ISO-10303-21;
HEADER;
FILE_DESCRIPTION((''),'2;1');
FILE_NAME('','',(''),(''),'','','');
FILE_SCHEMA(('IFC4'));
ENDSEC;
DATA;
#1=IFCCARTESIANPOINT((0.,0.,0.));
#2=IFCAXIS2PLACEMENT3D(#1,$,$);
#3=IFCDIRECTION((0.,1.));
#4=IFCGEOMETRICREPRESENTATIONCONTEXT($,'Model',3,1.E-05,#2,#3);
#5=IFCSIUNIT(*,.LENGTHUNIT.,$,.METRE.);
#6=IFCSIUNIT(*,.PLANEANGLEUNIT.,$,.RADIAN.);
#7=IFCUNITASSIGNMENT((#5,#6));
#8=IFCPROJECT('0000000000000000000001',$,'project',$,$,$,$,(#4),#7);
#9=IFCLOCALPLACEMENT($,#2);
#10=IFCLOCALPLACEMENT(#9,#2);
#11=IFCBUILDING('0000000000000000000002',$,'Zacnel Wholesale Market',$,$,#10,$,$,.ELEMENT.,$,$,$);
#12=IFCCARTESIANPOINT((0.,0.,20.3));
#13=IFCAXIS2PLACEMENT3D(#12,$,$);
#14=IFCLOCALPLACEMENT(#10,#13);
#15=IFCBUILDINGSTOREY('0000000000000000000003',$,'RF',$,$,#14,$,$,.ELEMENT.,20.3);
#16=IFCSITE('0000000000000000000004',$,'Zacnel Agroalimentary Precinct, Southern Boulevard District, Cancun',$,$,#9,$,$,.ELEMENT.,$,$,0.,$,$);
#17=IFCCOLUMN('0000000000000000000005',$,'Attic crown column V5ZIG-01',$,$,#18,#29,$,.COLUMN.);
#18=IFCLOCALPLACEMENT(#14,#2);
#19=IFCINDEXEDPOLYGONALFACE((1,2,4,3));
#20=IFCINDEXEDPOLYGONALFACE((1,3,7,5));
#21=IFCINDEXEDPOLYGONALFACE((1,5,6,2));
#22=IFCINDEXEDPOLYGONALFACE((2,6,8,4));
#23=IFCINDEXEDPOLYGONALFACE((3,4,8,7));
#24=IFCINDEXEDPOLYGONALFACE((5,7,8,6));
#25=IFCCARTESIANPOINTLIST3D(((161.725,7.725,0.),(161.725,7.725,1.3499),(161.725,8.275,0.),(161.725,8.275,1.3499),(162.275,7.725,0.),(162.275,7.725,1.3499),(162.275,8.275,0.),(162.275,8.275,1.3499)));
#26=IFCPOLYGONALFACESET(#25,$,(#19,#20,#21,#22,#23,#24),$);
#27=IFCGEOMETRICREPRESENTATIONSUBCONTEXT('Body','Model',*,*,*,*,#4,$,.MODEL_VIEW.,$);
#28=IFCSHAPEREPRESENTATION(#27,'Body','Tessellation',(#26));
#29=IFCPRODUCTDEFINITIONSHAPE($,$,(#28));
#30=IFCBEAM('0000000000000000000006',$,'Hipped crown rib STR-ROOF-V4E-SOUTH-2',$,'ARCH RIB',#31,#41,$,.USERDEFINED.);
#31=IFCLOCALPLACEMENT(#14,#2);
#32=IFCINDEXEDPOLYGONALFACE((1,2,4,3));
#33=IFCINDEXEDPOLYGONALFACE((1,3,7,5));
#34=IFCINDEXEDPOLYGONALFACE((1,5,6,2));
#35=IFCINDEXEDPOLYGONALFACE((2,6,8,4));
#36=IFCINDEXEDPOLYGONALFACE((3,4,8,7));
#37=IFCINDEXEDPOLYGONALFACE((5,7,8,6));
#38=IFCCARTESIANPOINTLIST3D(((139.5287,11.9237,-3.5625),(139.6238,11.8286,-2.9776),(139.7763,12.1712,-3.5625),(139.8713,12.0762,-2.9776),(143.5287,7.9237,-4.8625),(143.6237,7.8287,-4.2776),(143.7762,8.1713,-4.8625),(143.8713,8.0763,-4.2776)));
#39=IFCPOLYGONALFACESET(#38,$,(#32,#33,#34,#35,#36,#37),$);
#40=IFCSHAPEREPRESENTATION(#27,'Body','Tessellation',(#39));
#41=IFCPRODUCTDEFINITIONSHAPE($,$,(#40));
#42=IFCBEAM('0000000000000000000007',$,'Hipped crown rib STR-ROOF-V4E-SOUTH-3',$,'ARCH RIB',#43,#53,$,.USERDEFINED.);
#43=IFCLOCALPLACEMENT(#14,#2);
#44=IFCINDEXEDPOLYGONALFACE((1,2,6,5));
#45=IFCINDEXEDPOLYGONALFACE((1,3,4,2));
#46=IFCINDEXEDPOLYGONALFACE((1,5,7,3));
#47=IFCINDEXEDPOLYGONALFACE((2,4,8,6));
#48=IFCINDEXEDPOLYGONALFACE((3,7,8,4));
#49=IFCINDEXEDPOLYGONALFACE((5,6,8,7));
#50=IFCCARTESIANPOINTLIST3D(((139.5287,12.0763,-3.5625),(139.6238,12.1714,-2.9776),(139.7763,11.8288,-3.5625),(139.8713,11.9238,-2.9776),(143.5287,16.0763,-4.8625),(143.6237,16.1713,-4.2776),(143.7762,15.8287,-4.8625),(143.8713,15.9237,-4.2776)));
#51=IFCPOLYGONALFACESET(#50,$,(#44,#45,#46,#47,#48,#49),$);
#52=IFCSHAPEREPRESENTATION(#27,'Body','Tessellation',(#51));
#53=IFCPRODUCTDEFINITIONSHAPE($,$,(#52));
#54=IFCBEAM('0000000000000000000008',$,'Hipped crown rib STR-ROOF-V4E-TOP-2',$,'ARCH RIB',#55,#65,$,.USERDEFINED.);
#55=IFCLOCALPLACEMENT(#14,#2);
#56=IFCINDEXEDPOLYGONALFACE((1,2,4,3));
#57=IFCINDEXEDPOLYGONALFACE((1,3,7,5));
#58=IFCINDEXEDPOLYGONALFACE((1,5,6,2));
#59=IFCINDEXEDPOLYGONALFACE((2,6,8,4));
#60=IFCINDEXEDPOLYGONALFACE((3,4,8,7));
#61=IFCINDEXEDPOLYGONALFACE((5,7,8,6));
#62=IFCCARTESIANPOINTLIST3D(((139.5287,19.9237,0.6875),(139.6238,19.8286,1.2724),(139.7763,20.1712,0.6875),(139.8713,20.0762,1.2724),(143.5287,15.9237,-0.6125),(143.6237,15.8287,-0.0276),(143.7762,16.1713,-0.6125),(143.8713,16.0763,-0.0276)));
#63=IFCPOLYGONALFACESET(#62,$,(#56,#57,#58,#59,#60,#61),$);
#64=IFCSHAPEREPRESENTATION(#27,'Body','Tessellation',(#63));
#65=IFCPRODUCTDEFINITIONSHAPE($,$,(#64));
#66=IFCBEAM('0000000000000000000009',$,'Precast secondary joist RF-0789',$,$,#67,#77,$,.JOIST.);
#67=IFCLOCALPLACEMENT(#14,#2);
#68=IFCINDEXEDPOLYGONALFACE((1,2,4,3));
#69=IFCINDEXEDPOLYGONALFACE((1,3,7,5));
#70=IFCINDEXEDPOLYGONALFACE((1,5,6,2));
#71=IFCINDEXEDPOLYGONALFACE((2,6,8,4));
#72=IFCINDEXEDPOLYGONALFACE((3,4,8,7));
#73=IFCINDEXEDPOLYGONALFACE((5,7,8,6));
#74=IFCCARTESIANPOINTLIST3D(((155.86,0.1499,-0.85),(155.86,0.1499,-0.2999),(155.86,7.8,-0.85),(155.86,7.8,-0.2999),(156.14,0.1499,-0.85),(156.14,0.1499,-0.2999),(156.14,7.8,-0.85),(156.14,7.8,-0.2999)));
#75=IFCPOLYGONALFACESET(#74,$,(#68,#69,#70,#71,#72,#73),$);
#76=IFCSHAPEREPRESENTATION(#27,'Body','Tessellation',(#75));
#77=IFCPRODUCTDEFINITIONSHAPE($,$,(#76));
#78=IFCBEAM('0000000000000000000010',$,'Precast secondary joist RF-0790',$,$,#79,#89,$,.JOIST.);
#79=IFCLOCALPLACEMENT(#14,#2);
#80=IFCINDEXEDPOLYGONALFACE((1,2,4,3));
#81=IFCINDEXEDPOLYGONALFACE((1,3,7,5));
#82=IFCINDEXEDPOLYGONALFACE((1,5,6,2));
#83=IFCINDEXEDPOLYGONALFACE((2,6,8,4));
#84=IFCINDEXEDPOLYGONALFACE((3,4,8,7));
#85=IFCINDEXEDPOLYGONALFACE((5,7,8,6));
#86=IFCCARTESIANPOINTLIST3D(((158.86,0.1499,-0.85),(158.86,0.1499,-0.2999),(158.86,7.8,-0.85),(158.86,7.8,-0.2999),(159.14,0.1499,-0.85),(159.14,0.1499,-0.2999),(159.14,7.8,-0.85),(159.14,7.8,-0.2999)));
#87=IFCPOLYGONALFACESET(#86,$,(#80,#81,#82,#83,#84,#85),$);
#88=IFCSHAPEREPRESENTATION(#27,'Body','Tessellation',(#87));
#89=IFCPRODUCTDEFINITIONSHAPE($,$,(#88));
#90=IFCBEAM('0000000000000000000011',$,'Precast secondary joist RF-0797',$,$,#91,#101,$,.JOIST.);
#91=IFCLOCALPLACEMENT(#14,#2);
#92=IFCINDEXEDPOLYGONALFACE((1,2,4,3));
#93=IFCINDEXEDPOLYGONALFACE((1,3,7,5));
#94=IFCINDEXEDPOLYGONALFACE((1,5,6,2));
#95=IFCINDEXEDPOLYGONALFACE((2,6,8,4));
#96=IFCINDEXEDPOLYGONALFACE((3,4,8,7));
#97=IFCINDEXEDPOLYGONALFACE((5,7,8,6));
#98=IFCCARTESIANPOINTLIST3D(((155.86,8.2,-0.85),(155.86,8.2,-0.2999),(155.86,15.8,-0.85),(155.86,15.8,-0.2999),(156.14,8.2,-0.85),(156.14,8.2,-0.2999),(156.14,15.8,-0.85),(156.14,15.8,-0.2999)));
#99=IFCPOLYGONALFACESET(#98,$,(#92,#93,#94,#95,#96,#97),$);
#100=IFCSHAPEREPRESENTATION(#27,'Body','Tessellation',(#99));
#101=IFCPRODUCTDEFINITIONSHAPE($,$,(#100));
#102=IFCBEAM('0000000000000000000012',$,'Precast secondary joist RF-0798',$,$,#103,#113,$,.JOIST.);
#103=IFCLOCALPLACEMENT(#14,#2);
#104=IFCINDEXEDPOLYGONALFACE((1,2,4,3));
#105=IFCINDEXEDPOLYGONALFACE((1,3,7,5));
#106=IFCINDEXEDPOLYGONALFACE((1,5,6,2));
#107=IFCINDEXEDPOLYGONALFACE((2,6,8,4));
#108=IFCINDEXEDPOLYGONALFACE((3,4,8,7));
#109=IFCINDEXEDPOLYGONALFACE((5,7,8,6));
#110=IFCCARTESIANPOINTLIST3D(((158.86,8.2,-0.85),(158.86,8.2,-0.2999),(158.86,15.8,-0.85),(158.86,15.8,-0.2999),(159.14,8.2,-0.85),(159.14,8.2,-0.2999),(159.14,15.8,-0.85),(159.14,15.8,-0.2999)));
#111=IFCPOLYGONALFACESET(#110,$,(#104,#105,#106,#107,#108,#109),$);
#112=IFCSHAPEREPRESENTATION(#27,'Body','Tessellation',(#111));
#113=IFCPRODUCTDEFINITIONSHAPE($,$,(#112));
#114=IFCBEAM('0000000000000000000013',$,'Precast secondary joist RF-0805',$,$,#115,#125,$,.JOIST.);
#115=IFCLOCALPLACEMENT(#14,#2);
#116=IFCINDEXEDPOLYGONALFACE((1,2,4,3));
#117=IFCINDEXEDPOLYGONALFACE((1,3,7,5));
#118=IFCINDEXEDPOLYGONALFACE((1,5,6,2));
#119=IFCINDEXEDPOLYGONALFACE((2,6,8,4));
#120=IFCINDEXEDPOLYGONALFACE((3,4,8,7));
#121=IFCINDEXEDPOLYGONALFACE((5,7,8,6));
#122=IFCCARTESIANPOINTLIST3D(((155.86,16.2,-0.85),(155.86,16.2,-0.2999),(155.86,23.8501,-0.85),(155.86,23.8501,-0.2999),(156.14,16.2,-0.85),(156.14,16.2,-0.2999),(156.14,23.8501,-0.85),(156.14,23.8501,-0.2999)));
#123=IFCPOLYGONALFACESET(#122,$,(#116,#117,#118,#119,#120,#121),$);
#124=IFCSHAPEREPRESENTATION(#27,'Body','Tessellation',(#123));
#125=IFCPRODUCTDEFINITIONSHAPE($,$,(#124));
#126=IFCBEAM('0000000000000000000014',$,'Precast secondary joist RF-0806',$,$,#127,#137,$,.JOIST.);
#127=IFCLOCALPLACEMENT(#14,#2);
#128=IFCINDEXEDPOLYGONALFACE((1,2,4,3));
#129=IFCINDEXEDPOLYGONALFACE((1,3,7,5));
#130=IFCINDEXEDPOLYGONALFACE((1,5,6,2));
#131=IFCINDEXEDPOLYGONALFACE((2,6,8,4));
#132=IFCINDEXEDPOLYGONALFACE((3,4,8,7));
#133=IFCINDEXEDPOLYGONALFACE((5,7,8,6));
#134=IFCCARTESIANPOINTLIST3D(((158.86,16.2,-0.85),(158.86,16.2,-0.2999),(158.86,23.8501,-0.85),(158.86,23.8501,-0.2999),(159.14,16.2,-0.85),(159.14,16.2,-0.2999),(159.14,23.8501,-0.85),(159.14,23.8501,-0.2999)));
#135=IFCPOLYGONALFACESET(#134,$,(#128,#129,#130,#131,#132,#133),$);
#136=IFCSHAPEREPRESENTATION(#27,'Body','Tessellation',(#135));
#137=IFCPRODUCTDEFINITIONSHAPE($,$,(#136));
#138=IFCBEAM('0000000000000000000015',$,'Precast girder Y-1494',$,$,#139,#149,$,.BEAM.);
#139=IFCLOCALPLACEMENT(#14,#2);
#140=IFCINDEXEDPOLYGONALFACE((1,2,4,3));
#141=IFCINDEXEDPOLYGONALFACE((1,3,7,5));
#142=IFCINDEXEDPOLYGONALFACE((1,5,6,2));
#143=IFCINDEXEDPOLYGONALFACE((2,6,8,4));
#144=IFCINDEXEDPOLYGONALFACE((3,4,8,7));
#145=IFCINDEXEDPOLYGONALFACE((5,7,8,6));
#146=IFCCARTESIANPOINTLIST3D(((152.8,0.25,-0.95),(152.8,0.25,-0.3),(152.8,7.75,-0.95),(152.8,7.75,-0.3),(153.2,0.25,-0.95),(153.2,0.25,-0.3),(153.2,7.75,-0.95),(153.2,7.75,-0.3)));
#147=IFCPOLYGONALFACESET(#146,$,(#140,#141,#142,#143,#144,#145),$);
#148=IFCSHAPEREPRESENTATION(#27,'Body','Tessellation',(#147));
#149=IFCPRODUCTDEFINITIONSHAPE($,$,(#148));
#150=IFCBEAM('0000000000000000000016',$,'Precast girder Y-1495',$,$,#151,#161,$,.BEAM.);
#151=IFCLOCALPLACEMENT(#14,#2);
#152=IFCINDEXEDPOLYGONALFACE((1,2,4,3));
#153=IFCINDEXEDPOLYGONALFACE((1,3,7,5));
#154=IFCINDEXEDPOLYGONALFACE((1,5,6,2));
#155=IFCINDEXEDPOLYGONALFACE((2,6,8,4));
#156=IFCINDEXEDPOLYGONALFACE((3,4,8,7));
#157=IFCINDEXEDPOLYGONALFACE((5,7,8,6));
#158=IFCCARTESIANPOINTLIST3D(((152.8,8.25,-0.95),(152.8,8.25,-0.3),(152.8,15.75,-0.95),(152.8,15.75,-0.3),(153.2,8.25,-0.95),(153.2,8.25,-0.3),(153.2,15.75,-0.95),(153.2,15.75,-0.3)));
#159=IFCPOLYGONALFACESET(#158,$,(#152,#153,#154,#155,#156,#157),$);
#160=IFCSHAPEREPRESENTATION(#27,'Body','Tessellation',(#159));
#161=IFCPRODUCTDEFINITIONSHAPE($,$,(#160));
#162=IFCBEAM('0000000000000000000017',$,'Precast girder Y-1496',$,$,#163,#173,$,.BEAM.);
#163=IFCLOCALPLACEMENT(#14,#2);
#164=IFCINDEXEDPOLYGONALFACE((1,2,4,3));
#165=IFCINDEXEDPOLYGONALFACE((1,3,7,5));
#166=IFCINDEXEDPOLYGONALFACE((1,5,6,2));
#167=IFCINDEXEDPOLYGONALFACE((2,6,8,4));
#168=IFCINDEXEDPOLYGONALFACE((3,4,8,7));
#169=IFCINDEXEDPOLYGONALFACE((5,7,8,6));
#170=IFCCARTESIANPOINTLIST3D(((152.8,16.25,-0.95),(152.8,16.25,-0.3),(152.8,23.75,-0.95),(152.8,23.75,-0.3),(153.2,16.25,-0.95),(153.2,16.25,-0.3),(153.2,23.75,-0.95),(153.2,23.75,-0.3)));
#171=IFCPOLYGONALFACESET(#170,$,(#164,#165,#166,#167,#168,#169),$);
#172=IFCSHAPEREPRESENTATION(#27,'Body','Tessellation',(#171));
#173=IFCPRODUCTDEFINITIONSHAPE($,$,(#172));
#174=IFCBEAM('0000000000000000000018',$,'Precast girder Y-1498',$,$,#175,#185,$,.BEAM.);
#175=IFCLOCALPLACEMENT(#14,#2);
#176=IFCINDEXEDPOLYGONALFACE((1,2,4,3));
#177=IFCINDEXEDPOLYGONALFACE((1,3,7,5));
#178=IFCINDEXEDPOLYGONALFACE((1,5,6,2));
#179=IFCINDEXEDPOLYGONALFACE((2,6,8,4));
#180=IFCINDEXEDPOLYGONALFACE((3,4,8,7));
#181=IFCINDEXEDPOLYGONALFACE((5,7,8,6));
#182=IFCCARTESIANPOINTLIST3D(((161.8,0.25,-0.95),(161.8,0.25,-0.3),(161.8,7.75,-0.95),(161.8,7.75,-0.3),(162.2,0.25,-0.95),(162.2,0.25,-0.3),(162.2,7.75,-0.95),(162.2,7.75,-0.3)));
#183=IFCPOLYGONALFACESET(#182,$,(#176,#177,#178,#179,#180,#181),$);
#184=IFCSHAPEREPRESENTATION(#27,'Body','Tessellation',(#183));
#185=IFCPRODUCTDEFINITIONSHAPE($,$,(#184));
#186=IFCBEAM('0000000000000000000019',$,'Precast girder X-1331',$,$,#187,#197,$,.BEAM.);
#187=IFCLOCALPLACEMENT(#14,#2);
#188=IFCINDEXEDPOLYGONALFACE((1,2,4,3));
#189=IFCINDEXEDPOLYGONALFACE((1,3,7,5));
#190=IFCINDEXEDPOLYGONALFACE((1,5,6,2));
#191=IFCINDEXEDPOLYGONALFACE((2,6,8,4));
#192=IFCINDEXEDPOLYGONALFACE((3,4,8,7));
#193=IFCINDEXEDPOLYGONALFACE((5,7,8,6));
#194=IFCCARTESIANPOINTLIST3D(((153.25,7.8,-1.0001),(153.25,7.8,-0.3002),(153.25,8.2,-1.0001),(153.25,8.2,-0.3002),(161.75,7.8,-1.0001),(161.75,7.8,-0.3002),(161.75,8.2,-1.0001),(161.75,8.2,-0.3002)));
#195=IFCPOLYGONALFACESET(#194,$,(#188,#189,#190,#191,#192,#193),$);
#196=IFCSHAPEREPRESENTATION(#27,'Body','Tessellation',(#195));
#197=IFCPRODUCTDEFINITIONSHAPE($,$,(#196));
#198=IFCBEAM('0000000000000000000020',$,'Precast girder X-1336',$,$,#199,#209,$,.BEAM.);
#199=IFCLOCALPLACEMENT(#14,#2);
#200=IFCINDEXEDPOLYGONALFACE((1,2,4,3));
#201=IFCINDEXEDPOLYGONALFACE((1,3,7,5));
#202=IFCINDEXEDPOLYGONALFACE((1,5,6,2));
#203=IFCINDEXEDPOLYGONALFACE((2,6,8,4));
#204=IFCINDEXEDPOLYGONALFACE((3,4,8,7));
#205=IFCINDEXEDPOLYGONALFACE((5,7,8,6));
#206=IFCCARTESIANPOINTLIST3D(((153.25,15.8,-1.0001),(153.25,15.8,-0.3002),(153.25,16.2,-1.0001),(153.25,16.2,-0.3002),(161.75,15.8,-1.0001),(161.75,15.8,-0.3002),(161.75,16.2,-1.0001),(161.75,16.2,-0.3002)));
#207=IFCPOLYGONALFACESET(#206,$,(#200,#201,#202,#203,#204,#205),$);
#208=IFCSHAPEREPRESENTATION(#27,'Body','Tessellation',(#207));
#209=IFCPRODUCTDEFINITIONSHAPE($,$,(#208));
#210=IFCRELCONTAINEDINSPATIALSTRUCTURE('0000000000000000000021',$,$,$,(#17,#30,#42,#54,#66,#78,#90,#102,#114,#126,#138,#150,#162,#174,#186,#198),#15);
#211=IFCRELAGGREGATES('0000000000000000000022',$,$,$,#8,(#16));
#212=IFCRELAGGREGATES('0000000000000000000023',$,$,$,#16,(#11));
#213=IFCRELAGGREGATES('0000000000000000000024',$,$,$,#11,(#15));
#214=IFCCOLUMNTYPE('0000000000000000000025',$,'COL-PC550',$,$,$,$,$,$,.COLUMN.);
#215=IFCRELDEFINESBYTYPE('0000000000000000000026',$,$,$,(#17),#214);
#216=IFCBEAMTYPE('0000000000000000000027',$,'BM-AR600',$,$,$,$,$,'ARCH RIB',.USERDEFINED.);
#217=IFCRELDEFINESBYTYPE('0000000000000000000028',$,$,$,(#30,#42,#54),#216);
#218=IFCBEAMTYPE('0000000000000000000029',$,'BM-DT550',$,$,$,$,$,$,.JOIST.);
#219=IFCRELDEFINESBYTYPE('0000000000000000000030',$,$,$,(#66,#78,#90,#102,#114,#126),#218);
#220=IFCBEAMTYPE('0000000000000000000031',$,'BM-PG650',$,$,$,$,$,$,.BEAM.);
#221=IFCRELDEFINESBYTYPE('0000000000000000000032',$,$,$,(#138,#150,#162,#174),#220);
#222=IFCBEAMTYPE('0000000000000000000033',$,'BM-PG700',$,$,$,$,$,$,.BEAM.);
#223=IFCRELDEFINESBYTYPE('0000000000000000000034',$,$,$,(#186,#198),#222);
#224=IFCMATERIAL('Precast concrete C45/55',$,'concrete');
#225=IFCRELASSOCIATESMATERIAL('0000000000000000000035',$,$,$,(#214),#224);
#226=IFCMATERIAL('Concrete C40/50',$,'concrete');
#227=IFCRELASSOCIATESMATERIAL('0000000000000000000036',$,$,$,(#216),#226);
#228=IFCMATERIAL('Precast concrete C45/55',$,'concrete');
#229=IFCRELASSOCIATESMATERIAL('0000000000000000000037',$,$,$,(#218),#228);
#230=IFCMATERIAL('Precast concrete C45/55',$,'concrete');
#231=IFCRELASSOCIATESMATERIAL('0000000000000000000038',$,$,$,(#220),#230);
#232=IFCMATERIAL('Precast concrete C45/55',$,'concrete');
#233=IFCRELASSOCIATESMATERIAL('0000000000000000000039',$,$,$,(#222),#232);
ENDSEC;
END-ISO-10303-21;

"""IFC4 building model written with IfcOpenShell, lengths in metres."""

from ifc_helpers import new_model, si_unit, direction, frame, origin, origin_2d, place, context, subcontext, project, spatial, rectangle, extrude, material, material_profile, profile_set, type_object, element, save


model = new_model("IFC4")

# Units and contexts
model_context = context("Model", 3, precision=1e-05, world=origin(), true_north=direction((0.0, 1.0)))
body_context = subcontext(model_context, "Body", "Model", "MODEL_VIEW")
ifc_project = project(units=[si_unit("LENGTHUNIT", "METRE"), si_unit("PLANEANGLEUNIT", "RADIAN")], contexts=[model_context])

# Site, building, storey
site_placement = place(None, origin())
site = spatial("IfcSite", under=ifc_project, at=site_placement, Name="Zacnel Agroalimentary Precinct, Southern Boulevard District, Cancun", CompositionType="ELEMENT", RefElevation=0.0)
building_placement = place(site_placement, origin())
building = spatial("IfcBuilding", under=site, at=building_placement, Name="Zacnel Wholesale Market", CompositionType="ELEMENT")
storey_placement = place(building_placement, frame((0.0, 0.0, 20.3)))
storey = spatial("IfcBuildingStorey", under=building, at=storey_placement, Name="RF", CompositionType="ELEMENT", Elevation=20.3)

# Column
ifc_material_1 = material(Name="Precast concrete C45/55", Category="concrete")
ifc_material_profile_1 = material_profile(ifc_material_1, rectangle(XDim=0.55, YDim=0.55, at=origin_2d()), Name="PC 550x550")
ifc_profile_set_1 = profile_set([ifc_material_profile_1], Name="Precast concrete C45/55")
column_type = type_object("IfcColumnType", Name="COL-PC550", PredefinedType="COLUMN", material=ifc_profile_set_1)
column_placement = place(storey_placement, frame((162.0, 8.0, 0.0), z_axis=(0.0, 0.0, 1.0), x_axis=(1.0, 0.0, 0.0)))
element("IfcColumn", 1, at=column_placement, inside=storey, type_object=column_type, Name="Attic crown column V5ZIG-01", PredefinedType="COLUMN", context=body_context, shape_type="SweptSolid", body=[
    extrude(rectangle(XDim=0.55, YDim=0.55, at=origin_2d()), origin(), (0.0, 0.0, 1.0), 1.3499),
])

# Beams
ifc_material_2 = material(Name="Concrete C40/50", Category="concrete")
ifc_material_profile_2 = material_profile(ifc_material_2, rectangle(XDim=0.3501, YDim=0.6001, at=origin_2d()), Name="ARCH RIB 350x600")
ifc_profile_set_2 = profile_set([ifc_material_profile_2], Name="Concrete C40/50")
beam_type_1 = type_object("IfcBeamType", Name="BM-AR600", ElementType="ARCH RIB", PredefinedType="USERDEFINED", material=ifc_profile_set_2)
for number, where, z_axis, x_axis, name in (
    (2, (143.7, 8.0, -4.5701), (-0.689142, 0.689142, 0.22398), (-0.707107, -0.707107, 0.0), "Hipped crown rib STR-ROOF-V4E-SOUTH-2"),
    (3, (143.7, 16.0, -4.5701), (-0.689142, -0.689142, 0.22398), (0.707107, -0.707107, 0.0), "Hipped crown rib STR-ROOF-V4E-SOUTH-3"),
    (4, (143.7, 16.0, -0.3201), (-0.689142, 0.689142, 0.22398), (-0.707107, -0.707107, 0.0), "Hipped crown rib STR-ROOF-V4E-TOP-2"),
):
    element("IfcBeam", number, at=place(storey_placement, frame(where, z_axis=z_axis, x_axis=x_axis)), inside=storey, type_object=beam_type_1, Name=name, ObjectType="ARCH RIB", PredefinedType="USERDEFINED", context=body_context, shape_type="SweptSolid", body=[
        extrude(rectangle(XDim=0.3501, YDim=0.6001, at=origin_2d()), origin(), (0.0, 0.0, 1.0), 5.8042),
    ])
ifc_material_3 = material(Name="Precast concrete C45/55", Category="concrete")
ifc_material_profile_3 = material_profile(ifc_material_3, rectangle(XDim=0.28, YDim=0.55, at=origin_2d()), Name="DT RIB 280x550")
ifc_profile_set_3 = profile_set([ifc_material_profile_3], Name="Precast concrete C45/55")
beam_type_2 = type_object("IfcBeamType", Name="BM-DT550", PredefinedType="JOIST", material=ifc_profile_set_3)
for number, where, z_axis, x_axis, name in (
    (5, (156.0, 0.1499, -0.575), (0.0, 1.0, 0.0), (-1.0, 0.0, 0.0), "Precast secondary joist RF-0789"),
    (6, (159.0, 0.1499, -0.575), (0.0, 1.0, 0.0), (-1.0, 0.0, 0.0), "Precast secondary joist RF-0790"),
):
    element("IfcBeam", number, at=place(storey_placement, frame(where, z_axis=z_axis, x_axis=x_axis)), inside=storey, type_object=beam_type_2, Name=name, PredefinedType="JOIST", context=body_context, shape_type="SweptSolid", body=[
        extrude(rectangle(XDim=0.28, YDim=0.55, at=origin_2d()), origin(), (0.0, 0.0, 1.0), 7.6501),
    ])
for number, where, z_axis, x_axis, name in (
    (7, (156.0, 8.2, -0.575), (0.0, 1.0, 0.0), (-1.0, 0.0, 0.0), "Precast secondary joist RF-0797"),
    (8, (159.0, 8.2, -0.575), (0.0, 1.0, 0.0), (-1.0, 0.0, 0.0), "Precast secondary joist RF-0798"),
):
    element("IfcBeam", number, at=place(storey_placement, frame(where, z_axis=z_axis, x_axis=x_axis)), inside=storey, type_object=beam_type_2, Name=name, PredefinedType="JOIST", context=body_context, shape_type="SweptSolid", body=[
        extrude(rectangle(XDim=0.28, YDim=0.55, at=origin_2d()), origin(), (0.0, 0.0, 1.0), 7.6001),
    ])
for number, where, z_axis, x_axis, name in (
    (9, (156.0, 16.2, -0.575), (0.0, 1.0, 0.0), (-1.0, 0.0, 0.0), "Precast secondary joist RF-0805"),
    (10, (159.0, 16.2, -0.575), (0.0, 1.0, 0.0), (-1.0, 0.0, 0.0), "Precast secondary joist RF-0806"),
):
    element("IfcBeam", number, at=place(storey_placement, frame(where, z_axis=z_axis, x_axis=x_axis)), inside=storey, type_object=beam_type_2, Name=name, PredefinedType="JOIST", context=body_context, shape_type="SweptSolid", body=[
        extrude(rectangle(XDim=0.28, YDim=0.55, at=origin_2d()), origin(), (0.0, 0.0, 1.0), 7.6501),
    ])
ifc_material_4 = material(Name="Precast concrete C45/55", Category="concrete")
ifc_material_profile_4 = material_profile(ifc_material_4, rectangle(XDim=0.3999, YDim=0.6499, at=origin_2d()), Name="PG 400x650")
ifc_profile_set_4 = profile_set([ifc_material_profile_4], Name="Precast concrete C45/55")
beam_type_3 = type_object("IfcBeamType", Name="BM-PG650", PredefinedType="BEAM", material=ifc_profile_set_4)
for number, where, z_axis, x_axis, name in (
    (11, (153.0, 0.25, -0.625), (0.0, 1.0, 0.0), (-1.0, 0.0, 0.0), "Precast girder Y-1494"),
    (12, (153.0, 8.25, -0.625), (0.0, 1.0, 0.0), (-1.0, 0.0, 0.0), "Precast girder Y-1495"),
    (13, (153.0, 16.25, -0.625), (0.0, 1.0, 0.0), (-1.0, 0.0, 0.0), "Precast girder Y-1496"),
    (14, (162.0, 0.25, -0.625), (0.0, 1.0, 0.0), (-1.0, 0.0, 0.0), "Precast girder Y-1498"),
):
    element("IfcBeam", number, at=place(storey_placement, frame(where, z_axis=z_axis, x_axis=x_axis)), inside=storey, type_object=beam_type_3, Name=name, PredefinedType="BEAM", context=body_context, shape_type="SweptSolid", body=[
        extrude(rectangle(XDim=0.3999, YDim=0.6499, at=origin_2d()), origin(), (0.0, 0.0, 1.0), 7.5),
    ])
ifc_material_5 = material(Name="Precast concrete C45/55", Category="concrete")
ifc_material_profile_5 = material_profile(ifc_material_5, rectangle(XDim=0.3999, YDim=0.7, at=origin_2d()), Name="PG 400x700")
ifc_profile_set_5 = profile_set([ifc_material_profile_5], Name="Precast concrete C45/55")
beam_type_4 = type_object("IfcBeamType", Name="BM-PG700", PredefinedType="BEAM", material=ifc_profile_set_5)
for number, where, z_axis, x_axis, name in (
    (15, (153.25, 8.0, -0.6501), (1.0, 0.0, 0.0), (0.0, 1.0, 0.0), "Precast girder X-1331"),
    (16, (153.25, 16.0, -0.6501), (1.0, 0.0, 0.0), (0.0, 1.0, 0.0), "Precast girder X-1336"),
):
    element("IfcBeam", number, at=place(storey_placement, frame(where, z_axis=z_axis, x_axis=x_axis)), inside=storey, type_object=beam_type_4, Name=name, PredefinedType="BEAM", context=body_context, shape_type="SweptSolid", body=[
        extrude(rectangle(XDim=0.3999, YDim=0.7, at=origin_2d()), origin(), (0.0, 0.0, 1.0), 8.5),
    ])

save(model, "model.ifc")
